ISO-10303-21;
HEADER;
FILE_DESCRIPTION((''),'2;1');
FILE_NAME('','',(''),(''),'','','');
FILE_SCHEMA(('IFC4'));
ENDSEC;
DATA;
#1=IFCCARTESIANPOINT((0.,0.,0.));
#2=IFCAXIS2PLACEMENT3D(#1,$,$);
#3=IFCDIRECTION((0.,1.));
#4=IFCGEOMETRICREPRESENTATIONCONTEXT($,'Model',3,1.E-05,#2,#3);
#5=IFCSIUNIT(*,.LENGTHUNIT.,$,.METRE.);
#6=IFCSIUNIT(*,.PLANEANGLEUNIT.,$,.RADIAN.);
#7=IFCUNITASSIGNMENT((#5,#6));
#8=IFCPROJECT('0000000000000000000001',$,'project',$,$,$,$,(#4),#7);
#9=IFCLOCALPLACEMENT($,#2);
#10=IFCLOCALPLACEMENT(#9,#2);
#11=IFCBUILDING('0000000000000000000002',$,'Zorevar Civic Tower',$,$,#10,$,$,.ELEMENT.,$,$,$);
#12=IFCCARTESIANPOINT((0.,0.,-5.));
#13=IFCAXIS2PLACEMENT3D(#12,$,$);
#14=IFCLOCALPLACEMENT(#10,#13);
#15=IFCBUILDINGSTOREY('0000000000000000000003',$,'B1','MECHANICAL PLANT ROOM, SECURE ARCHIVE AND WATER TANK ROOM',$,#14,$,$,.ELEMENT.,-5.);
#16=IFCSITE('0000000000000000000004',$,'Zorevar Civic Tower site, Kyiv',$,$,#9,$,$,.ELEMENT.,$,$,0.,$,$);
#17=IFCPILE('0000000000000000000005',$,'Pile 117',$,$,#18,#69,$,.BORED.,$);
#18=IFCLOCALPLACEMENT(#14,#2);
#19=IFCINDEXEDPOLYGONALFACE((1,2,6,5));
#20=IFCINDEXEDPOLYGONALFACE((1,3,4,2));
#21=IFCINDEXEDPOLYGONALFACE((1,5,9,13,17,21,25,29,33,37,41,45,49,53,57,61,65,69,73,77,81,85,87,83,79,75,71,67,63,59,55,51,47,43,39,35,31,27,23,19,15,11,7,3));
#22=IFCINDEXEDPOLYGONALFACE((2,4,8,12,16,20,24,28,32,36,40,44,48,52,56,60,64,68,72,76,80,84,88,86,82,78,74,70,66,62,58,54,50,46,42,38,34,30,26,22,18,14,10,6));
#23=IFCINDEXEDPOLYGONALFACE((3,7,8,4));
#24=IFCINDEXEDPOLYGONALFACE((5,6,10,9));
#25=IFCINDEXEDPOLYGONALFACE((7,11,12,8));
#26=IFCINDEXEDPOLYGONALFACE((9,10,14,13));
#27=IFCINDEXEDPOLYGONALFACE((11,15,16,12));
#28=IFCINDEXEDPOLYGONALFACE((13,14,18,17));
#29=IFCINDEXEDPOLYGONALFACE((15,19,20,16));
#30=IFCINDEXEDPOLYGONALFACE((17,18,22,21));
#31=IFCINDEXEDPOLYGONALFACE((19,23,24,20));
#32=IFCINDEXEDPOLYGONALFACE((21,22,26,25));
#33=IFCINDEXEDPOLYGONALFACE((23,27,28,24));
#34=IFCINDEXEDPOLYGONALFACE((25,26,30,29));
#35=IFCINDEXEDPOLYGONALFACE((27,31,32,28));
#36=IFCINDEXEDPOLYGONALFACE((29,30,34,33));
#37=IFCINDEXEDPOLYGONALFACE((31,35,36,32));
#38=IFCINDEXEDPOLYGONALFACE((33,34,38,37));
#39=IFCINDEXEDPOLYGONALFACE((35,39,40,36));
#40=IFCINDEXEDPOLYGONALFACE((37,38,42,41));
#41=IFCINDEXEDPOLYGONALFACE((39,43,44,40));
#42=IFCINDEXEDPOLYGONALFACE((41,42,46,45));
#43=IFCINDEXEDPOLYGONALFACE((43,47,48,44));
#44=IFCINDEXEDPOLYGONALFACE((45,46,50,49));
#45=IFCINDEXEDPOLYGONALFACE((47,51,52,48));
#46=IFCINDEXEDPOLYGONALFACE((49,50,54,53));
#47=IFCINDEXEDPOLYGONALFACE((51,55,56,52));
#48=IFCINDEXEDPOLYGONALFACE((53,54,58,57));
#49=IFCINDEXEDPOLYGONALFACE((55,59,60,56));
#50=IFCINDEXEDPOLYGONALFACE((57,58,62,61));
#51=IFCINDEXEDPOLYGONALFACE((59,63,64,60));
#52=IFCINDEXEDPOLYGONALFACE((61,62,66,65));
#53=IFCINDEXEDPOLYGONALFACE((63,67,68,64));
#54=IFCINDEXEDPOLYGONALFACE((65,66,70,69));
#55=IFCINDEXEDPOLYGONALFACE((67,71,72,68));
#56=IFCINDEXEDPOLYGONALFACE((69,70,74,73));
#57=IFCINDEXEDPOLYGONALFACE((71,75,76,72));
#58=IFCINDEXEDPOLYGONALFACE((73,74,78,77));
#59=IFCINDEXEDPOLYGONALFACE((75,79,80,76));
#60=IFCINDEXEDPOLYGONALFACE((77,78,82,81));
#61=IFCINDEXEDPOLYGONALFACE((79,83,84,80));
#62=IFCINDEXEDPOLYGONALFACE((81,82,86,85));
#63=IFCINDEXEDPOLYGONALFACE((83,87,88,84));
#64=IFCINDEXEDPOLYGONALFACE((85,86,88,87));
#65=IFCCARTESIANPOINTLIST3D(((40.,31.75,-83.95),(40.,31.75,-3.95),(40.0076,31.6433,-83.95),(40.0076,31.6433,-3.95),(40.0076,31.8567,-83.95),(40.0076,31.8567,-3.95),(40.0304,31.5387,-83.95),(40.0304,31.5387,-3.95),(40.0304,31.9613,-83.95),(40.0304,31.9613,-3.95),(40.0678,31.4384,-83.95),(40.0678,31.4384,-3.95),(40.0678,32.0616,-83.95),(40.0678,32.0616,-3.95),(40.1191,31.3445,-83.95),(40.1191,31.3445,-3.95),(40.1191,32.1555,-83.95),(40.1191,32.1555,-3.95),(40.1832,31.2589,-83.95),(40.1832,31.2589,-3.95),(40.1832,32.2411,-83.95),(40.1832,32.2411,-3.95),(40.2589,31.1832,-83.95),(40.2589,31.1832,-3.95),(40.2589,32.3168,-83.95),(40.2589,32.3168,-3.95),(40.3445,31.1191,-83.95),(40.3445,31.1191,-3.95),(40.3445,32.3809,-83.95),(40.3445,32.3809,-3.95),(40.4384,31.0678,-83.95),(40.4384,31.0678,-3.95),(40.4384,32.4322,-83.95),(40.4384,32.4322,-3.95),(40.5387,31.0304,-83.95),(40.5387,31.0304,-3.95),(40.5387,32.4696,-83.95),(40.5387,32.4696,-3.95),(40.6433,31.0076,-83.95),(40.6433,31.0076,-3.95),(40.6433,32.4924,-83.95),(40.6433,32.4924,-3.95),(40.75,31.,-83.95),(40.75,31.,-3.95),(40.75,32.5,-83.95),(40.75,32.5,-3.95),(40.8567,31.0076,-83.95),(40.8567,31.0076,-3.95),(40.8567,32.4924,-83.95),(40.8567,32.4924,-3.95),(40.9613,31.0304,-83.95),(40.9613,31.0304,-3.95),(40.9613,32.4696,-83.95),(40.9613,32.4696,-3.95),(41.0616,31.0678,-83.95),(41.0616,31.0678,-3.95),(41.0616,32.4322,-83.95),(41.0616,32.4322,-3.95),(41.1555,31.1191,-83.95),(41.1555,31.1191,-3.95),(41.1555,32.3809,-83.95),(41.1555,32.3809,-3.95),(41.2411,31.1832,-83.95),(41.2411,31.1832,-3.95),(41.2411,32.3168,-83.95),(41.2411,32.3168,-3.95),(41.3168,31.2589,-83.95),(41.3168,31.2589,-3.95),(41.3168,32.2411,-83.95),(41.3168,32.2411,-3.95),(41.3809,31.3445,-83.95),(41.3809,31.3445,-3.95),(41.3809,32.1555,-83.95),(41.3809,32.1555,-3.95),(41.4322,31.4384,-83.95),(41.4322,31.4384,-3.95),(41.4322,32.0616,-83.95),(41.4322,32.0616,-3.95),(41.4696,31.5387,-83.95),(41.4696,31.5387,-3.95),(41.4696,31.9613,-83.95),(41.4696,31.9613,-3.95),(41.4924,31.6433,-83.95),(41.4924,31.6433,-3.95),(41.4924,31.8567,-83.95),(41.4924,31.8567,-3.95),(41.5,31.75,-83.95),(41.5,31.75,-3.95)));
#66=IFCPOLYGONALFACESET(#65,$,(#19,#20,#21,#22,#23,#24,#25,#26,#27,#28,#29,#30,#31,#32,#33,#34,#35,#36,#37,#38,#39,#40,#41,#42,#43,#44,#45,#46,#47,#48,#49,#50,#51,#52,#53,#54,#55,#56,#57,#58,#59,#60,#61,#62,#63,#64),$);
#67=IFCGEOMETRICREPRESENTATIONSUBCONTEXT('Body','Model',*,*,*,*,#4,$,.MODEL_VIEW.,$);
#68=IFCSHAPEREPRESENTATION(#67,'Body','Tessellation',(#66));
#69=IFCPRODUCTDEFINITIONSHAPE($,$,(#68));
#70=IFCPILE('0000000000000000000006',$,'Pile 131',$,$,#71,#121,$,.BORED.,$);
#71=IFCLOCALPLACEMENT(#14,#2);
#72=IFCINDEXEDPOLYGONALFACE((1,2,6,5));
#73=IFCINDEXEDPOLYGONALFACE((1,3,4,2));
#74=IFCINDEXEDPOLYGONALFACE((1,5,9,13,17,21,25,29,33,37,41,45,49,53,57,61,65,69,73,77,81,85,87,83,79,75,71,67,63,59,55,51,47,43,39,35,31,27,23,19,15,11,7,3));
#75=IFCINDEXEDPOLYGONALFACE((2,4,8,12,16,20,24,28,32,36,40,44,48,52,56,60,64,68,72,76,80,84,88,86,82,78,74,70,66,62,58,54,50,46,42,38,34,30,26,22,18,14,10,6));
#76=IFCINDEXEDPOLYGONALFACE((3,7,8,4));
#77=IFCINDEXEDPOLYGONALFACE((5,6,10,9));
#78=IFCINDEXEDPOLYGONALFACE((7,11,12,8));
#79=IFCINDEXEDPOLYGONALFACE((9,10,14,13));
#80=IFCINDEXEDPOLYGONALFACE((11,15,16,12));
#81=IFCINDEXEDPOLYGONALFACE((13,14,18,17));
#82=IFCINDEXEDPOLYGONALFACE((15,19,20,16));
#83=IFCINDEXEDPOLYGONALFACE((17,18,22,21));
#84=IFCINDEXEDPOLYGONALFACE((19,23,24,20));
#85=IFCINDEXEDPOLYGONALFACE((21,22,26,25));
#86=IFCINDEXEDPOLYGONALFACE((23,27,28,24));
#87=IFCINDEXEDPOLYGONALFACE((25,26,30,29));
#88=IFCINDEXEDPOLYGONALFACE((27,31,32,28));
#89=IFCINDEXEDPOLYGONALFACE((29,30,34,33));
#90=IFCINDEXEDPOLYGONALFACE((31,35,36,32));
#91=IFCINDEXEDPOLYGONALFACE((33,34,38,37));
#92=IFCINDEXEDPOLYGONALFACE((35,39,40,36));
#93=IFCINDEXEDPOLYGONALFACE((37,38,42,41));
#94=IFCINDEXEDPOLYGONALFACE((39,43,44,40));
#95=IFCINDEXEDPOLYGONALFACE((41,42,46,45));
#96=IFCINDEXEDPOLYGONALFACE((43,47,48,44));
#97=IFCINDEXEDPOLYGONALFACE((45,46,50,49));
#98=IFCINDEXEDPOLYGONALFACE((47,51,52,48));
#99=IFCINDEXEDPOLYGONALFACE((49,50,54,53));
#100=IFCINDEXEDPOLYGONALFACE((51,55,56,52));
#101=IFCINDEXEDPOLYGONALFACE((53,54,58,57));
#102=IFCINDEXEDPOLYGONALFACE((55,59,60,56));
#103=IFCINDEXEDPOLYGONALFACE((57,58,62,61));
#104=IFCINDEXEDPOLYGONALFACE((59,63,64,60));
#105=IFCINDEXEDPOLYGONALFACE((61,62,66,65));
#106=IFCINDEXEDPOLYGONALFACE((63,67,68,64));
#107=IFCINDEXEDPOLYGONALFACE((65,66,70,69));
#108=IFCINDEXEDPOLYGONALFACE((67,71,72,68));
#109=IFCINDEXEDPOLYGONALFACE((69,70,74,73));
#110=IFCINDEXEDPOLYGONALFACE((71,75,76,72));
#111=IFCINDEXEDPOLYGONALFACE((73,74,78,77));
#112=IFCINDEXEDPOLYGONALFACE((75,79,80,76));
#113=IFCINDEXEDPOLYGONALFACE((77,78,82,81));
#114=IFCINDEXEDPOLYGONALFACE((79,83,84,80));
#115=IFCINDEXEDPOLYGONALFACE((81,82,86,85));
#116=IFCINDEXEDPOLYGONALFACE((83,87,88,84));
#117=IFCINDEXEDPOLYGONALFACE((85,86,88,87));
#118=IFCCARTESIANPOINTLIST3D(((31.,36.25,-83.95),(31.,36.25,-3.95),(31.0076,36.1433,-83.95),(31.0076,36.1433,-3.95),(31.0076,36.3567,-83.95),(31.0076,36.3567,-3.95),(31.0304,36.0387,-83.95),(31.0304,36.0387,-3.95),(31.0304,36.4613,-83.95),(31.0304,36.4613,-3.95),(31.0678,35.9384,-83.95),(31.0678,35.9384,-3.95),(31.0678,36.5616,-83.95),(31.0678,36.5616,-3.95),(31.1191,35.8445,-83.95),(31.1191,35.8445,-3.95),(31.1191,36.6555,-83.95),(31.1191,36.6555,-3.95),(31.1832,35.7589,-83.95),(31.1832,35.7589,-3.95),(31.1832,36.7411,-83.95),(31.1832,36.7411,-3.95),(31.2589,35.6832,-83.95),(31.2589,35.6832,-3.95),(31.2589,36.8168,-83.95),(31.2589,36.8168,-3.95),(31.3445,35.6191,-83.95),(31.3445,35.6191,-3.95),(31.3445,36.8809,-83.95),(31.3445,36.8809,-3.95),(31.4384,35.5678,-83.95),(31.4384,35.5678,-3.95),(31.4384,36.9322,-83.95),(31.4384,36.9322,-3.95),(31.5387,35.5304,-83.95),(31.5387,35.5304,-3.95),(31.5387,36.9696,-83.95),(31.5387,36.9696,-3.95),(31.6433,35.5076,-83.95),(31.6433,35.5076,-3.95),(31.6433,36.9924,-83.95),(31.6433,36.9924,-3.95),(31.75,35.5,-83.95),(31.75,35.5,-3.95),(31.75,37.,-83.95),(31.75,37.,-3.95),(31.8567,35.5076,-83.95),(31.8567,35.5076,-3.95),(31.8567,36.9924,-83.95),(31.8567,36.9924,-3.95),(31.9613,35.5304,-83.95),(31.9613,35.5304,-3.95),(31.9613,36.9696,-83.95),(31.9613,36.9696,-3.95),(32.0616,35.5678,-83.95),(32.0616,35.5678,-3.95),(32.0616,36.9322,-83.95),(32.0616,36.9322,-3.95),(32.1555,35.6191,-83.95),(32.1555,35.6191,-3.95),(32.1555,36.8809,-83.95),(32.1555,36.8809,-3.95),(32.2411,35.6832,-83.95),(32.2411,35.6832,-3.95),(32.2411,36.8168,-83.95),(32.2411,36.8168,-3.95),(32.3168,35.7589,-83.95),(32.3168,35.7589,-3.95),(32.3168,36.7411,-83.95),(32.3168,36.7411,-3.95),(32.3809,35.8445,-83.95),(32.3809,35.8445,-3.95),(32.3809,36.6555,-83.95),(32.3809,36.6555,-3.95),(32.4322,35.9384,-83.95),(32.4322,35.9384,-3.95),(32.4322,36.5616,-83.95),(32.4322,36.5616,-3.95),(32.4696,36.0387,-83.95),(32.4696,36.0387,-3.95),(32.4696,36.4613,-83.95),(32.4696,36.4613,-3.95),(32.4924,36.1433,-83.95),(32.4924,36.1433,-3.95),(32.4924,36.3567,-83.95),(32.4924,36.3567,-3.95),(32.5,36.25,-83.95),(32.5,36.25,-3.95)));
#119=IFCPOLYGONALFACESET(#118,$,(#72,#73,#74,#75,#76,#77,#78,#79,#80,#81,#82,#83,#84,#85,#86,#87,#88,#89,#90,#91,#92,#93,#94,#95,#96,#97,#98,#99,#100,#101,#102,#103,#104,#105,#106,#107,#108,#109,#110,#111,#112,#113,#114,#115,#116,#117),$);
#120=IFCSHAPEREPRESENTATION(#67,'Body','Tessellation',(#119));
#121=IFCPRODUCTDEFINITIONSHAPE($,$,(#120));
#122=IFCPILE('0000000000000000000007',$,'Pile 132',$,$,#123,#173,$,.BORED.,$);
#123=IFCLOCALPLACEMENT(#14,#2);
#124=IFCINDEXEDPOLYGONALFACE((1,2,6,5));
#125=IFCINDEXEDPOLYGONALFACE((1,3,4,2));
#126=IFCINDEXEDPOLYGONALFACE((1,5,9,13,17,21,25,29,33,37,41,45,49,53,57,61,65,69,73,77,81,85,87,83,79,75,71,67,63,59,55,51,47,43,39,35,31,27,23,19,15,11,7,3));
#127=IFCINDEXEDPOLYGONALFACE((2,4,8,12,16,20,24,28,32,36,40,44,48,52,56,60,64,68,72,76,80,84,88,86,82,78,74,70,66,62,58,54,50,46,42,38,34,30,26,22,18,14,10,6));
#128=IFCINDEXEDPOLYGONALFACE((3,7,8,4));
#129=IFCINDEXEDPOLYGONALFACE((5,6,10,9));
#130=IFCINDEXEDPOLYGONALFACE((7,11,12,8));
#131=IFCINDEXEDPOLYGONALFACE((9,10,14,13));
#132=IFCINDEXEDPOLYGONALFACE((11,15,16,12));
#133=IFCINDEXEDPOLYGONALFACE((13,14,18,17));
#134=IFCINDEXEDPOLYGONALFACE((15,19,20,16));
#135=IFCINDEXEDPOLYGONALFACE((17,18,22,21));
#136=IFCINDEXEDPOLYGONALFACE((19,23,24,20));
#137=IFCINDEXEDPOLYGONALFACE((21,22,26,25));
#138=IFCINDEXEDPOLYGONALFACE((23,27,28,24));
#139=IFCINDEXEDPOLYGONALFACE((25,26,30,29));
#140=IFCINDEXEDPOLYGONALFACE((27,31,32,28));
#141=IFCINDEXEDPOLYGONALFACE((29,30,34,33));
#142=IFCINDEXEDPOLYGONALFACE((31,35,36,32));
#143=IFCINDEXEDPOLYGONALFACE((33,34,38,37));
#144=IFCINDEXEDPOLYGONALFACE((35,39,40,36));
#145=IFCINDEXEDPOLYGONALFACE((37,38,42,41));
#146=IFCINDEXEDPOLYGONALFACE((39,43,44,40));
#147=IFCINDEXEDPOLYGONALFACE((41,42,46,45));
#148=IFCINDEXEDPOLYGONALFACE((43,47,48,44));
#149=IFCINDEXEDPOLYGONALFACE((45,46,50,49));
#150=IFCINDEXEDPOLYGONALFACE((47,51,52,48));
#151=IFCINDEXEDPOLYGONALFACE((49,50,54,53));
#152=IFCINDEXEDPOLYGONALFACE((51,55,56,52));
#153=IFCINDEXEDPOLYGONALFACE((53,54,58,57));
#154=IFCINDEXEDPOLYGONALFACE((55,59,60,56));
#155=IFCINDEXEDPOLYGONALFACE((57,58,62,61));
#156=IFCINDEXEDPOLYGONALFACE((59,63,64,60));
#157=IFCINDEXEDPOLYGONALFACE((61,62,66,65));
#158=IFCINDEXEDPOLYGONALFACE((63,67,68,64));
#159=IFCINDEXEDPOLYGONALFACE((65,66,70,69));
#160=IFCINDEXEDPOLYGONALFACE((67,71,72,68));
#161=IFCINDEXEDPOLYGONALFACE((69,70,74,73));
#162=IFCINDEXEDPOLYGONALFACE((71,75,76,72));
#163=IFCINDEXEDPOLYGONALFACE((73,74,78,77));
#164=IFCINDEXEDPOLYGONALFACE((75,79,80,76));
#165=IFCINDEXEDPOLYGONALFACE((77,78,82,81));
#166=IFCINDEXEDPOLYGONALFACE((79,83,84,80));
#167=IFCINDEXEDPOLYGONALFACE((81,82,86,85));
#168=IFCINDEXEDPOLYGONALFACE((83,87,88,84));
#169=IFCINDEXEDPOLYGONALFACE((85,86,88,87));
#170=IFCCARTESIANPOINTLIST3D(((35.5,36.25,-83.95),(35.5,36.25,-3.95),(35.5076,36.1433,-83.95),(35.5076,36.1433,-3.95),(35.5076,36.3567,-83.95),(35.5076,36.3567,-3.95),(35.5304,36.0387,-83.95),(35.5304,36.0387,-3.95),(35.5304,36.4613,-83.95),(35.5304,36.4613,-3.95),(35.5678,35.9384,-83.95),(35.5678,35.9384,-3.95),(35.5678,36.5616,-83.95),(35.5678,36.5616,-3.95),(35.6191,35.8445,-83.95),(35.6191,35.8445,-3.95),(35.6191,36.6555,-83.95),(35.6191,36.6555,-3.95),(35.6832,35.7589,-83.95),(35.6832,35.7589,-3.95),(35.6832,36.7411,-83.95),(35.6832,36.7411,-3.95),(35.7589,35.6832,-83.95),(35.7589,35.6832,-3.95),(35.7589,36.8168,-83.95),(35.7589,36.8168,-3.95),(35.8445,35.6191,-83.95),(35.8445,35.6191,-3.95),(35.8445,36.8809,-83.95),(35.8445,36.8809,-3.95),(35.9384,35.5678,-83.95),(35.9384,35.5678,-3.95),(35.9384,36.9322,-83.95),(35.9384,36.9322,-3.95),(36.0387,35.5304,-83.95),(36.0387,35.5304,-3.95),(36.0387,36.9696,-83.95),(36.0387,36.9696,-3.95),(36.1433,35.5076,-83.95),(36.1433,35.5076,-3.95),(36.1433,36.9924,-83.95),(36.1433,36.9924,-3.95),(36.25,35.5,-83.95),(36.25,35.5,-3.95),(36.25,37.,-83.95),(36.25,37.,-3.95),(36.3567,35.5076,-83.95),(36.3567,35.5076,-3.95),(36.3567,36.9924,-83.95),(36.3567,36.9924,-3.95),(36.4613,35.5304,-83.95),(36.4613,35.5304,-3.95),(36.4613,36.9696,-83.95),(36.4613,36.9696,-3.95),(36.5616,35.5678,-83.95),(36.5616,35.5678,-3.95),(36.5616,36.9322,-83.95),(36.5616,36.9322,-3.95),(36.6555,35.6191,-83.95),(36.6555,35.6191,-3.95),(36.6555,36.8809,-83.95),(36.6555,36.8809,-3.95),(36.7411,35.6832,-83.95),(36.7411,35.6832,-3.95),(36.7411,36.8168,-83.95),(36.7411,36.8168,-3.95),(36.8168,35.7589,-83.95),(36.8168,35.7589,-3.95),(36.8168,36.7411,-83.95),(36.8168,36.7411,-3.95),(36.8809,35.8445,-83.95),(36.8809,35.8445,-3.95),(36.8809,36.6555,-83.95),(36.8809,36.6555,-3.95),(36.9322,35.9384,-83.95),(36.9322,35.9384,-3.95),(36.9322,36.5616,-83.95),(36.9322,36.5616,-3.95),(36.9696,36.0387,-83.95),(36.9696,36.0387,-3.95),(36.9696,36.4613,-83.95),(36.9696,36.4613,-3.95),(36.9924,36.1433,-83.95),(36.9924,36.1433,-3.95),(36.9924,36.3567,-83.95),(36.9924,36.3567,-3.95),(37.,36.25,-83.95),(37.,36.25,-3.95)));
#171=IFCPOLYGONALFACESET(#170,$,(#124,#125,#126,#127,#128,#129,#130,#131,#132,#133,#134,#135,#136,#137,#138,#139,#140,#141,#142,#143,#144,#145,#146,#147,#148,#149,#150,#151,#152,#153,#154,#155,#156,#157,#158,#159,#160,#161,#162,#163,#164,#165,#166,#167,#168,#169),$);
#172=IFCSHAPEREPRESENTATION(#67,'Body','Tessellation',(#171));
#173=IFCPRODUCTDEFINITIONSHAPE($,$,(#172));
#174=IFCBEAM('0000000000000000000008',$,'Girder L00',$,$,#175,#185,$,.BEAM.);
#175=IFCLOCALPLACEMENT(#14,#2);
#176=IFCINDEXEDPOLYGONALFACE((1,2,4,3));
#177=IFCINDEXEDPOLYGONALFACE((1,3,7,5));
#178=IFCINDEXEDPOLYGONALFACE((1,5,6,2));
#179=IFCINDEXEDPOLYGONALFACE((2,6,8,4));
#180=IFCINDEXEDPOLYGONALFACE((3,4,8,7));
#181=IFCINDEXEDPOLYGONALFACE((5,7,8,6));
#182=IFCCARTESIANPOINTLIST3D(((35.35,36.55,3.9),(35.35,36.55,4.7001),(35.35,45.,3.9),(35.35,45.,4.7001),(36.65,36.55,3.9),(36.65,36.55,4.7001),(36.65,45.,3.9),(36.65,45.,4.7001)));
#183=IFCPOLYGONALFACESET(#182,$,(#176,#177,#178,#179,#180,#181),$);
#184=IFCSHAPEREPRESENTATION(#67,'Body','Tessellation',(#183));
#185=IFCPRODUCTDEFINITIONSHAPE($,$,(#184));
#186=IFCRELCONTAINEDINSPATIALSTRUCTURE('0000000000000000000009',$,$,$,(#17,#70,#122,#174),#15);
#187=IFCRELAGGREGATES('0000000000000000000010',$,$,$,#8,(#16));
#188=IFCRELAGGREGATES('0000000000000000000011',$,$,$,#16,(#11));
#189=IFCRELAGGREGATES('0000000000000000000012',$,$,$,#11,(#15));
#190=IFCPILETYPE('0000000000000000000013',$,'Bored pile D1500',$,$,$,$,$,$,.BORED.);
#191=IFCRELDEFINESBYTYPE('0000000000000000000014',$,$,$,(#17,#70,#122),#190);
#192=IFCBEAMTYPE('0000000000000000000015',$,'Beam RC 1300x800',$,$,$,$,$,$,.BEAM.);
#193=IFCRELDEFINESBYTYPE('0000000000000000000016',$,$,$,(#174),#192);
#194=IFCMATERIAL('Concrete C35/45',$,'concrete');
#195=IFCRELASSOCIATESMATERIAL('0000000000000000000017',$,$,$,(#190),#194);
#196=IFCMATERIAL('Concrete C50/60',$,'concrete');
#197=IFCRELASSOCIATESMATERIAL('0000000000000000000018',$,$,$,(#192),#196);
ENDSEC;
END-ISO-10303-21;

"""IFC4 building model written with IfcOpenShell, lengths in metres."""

from ifc_helpers import new_model, si_unit, direction, frame, origin, origin_2d, place, context, subcontext, project, spatial, rectangle, circle, extrude, material, material_profile, profile_set, type_object, element, save


model = new_model("IFC4")

# Units and contexts
model_context = context("Model", 3, precision=1e-05, world=origin(), true_north=direction((0.0, 1.0)))
body_context = subcontext(model_context, "Body", "Model", "MODEL_VIEW")
ifc_project = project(units=[si_unit("LENGTHUNIT", "METRE"), si_unit("PLANEANGLEUNIT", "RADIAN")], contexts=[model_context])

# Site, building, storey
site_placement = place(None, origin())
site = spatial("IfcSite", under=ifc_project, at=site_placement, Name="Zorevar Civic Tower site, Kyiv", CompositionType="ELEMENT", RefElevation=0.0)
building_placement = place(site_placement, origin())
building = spatial("IfcBuilding", under=site, at=building_placement, Name="Zorevar Civic Tower", CompositionType="ELEMENT")
storey_placement = place(building_placement, frame((0.0, 0.0, -5.0)))
storey = spatial("IfcBuildingStorey", under=building, at=storey_placement, Name="B1", Description="MECHANICAL PLANT ROOM, SECURE ARCHIVE AND WATER TANK ROOM", CompositionType="ELEMENT", Elevation=-5.0)

# Piles
ifc_material_1 = material(Name="Concrete C35/45", Category="concrete")
pile_type = type_object("IfcPileType", Name="Bored pile D1500", PredefinedType="BORED", material=ifc_material_1)
for number, where, z_axis, x_axis, name in (
    (1, (40.75, 31.75, -3.95), (0.0, 0.0, -1.0), (1.0, 0.0, 0.0), "Pile 117"),
    (2, (31.75, 36.25, -3.95), (0.0, 0.0, -1.0), (1.0, 0.0, 0.0), "Pile 131"),
    (3, (36.25, 36.25, -3.95), (0.0, 0.0, -1.0), (1.0, 0.0, 0.0), "Pile 132"),
):
    element("IfcPile", number, at=place(storey_placement, frame(where, z_axis=z_axis, x_axis=x_axis)), inside=storey, type_object=pile_type, Name=name, PredefinedType="BORED", context=body_context, shape_type="SweptSolid", body=[
        extrude(circle(Radius=0.75, at=origin_2d()), origin(), (0.0, 0.0, 1.0), 80.0),
    ])

# Beam
ifc_material_2 = material(Name="Concrete C50/60", Category="concrete")
ifc_material_profile = material_profile(ifc_material_2, rectangle(XDim=1.3, YDim=0.8, at=origin_2d()), Name="RC 1300x800")
ifc_profile_set = profile_set([ifc_material_profile], Name="Concrete C50/60")
beam_type = type_object("IfcBeamType", Name="Beam RC 1300x800", PredefinedType="BEAM", material=ifc_profile_set)
beam_placement = place(storey_placement, frame((36.0, 36.55, 4.3), z_axis=(0.0, 1.0, 0.0), x_axis=(-1.0, 0.0, 0.0)))
element("IfcBeam", 4, at=beam_placement, inside=storey, type_object=beam_type, Name="Girder L00", PredefinedType="BEAM", context=body_context, shape_type="SweptSolid", body=[
    extrude(rectangle(XDim=1.3, YDim=0.8, at=origin_2d()), origin(), (0.0, 0.0, 1.0), 8.45),
])

save(model, "model.ifc")
